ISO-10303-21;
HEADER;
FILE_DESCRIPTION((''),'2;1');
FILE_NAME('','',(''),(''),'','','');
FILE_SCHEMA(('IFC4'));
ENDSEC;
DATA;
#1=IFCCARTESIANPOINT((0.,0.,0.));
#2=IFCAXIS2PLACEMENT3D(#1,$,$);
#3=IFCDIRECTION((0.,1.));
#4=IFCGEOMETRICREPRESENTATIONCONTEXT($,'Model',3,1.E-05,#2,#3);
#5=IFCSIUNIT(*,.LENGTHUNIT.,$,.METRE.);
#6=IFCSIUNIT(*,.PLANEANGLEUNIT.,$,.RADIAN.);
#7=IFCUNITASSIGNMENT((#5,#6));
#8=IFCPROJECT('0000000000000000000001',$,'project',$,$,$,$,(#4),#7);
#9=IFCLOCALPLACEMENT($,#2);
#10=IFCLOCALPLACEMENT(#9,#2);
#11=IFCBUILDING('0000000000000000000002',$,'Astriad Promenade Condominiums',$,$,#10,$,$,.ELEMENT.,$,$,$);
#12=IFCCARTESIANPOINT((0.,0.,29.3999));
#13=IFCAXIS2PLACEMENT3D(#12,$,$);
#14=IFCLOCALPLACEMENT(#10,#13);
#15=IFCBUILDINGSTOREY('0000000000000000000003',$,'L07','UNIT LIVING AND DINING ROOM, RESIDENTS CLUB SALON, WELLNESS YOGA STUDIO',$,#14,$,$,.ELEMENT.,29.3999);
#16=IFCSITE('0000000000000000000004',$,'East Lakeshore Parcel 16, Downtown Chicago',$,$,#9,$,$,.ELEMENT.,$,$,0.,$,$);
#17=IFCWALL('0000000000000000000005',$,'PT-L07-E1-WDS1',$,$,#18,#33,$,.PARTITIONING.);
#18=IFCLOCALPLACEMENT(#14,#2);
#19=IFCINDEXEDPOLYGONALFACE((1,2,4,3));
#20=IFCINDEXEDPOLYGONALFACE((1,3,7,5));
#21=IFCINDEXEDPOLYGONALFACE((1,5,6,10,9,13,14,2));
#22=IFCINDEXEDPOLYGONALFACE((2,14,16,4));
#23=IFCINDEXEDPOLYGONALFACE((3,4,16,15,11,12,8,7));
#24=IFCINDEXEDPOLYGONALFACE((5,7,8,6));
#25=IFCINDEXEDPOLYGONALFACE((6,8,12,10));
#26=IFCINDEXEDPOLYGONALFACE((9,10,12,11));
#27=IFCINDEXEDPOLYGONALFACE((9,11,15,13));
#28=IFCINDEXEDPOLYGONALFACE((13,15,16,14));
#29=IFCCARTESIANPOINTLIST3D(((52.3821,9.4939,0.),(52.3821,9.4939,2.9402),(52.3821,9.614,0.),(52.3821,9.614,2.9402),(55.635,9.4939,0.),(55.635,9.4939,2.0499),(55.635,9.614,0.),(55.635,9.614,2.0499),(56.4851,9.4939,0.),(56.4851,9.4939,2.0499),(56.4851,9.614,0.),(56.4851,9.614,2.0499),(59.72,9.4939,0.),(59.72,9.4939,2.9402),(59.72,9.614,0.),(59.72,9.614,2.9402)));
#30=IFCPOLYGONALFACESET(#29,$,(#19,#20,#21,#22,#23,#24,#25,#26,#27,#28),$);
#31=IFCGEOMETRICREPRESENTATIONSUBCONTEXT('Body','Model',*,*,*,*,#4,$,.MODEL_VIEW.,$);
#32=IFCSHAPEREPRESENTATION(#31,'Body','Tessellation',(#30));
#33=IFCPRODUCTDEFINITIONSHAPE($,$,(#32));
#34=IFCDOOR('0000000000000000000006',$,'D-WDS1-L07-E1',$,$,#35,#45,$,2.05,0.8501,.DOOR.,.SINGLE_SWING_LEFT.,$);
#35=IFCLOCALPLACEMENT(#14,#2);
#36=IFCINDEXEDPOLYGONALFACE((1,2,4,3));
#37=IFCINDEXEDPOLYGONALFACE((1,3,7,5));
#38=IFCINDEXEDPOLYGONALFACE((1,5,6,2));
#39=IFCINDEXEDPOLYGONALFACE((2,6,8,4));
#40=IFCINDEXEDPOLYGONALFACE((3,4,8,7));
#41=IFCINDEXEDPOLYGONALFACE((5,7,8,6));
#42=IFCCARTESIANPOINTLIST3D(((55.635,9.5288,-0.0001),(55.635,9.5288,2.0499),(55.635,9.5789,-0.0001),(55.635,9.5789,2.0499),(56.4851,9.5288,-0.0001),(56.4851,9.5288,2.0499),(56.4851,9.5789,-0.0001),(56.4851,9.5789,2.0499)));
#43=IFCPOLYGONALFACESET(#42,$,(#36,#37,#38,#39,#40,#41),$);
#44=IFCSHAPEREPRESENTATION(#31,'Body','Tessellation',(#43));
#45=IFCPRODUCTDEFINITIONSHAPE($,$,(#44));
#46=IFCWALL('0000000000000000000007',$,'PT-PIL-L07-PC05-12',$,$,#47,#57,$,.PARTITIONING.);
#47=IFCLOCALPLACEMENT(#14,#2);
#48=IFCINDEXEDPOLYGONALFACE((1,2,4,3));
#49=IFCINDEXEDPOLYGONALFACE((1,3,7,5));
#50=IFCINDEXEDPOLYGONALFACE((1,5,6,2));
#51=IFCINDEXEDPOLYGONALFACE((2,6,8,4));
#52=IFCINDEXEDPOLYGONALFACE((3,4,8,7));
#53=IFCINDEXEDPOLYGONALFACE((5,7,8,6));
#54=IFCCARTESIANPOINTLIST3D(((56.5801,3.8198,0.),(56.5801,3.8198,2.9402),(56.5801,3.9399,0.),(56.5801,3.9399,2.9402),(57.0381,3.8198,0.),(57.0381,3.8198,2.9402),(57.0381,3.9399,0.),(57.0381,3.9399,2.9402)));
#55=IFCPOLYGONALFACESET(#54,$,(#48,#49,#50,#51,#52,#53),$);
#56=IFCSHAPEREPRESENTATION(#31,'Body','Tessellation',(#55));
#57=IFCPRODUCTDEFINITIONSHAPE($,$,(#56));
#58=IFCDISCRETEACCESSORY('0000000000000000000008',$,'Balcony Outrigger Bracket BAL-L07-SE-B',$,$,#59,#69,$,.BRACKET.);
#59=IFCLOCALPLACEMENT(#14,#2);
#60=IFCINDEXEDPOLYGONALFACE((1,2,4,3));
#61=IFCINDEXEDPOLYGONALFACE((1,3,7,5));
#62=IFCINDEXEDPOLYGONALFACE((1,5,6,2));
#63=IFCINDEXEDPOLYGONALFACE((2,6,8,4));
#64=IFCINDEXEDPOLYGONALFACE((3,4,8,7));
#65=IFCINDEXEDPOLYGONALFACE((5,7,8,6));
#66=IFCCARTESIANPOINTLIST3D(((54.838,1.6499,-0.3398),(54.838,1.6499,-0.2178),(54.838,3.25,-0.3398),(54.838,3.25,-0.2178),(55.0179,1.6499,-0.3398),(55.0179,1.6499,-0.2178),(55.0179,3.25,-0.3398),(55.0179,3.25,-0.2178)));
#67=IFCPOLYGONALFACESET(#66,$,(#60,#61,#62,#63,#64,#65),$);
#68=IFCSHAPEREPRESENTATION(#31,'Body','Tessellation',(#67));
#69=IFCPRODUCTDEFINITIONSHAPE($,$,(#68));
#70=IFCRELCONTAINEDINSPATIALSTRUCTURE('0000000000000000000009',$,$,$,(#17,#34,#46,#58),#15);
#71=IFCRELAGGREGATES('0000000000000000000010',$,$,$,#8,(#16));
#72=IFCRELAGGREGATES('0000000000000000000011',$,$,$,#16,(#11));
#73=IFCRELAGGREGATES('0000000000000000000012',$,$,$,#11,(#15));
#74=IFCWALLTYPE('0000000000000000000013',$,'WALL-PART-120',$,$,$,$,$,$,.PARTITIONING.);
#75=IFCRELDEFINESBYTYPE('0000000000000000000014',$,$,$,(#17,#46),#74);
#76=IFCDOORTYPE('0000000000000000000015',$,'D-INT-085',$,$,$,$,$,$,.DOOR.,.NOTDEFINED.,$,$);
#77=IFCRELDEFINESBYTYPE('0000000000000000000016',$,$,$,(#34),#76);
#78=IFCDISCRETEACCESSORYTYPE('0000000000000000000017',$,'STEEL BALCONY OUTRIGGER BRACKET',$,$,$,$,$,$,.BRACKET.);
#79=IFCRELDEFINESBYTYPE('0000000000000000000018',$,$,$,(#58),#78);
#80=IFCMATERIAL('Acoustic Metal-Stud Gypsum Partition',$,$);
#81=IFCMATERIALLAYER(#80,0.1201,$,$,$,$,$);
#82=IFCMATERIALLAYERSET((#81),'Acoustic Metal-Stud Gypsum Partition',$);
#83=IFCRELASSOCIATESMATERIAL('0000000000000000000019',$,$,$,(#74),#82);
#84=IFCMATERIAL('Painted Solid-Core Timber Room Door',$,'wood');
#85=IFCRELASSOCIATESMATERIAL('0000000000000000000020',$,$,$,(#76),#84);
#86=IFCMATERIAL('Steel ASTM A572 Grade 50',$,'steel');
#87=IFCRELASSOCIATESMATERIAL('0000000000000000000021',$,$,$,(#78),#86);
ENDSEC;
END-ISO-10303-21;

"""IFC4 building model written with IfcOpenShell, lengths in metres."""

from ifc_helpers import new_model, si_unit, direction, frame, frame_2d, origin, origin_2d, place, context, subcontext, project, spatial, rectangle, extrude, source, transform, mapped, material, layer, layer_set, type_object, type_shapes, element, fill, save


model = new_model("IFC4")

# Units and contexts
model_context = context("Model", 3, precision=1e-05, world=origin(), true_north=direction((0.0, 1.0)))
body_context = subcontext(model_context, "Body", "Model", "MODEL_VIEW")
ifc_project = project(units=[si_unit("LENGTHUNIT", "METRE"), si_unit("PLANEANGLEUNIT", "RADIAN")], contexts=[model_context])

# Site, building, storey
site_placement = place(None, origin())
site = spatial("IfcSite", under=ifc_project, at=site_placement, Name="East Lakeshore Parcel 16, Downtown Chicago", CompositionType="ELEMENT", RefElevation=0.0)
building_placement = place(site_placement, origin())
building = spatial("IfcBuilding", under=site, at=building_placement, Name="Astriad Promenade Condominiums", CompositionType="ELEMENT")
storey_placement = place(building_placement, frame((0.0, 0.0, 29.3999)))
storey = spatial("IfcBuildingStorey", under=building, at=storey_placement, Name="L07", Description="UNIT LIVING AND DINING ROOM, RESIDENTS CLUB SALON, WELLNESS YOGA STUDIO", CompositionType="ELEMENT", Elevation=29.3999)

# Shared definitions
ifc_material_1 = material(Name="Acoustic Metal-Stud Gypsum Partition")
ifc_layer_1 = layer(ifc_material_1, 0.1201)
ifc_layer_set_1 = layer_set([ifc_layer_1], Name="Acoustic Metal-Stud Gypsum Partition")
wall_type_1 = type_object("IfcWallType", Name="WALL-PART-120", PredefinedType="PARTITIONING", material=ifc_layer_set_1)

# Shared definitions
ifc_material_2 = material(Name="Painted Solid-Core Timber Room Door", Category="wood")
door_type_1 = type_object("IfcDoorType", Name="D-INT-085", OperationType="NOTDEFINED", PredefinedType="DOOR", material=ifc_material_2)
shared_shape_1 = source(origin(), body_context, "Body", "SweptSolid", [
    extrude(rectangle(XDim=0.8501, YDim=2.05, at=frame_2d((0.425, 1.0249))), frame((0.0, 0.0249, 0.0), z_axis=(0.0, -1.0, 0.0), x_axis=(1.0, 0.0, 0.0)), (0.0, 0.0, 1.0), 0.05),
])
type_shapes(door_type_1, [shared_shape_1])

# Wall, opening, door
wall_1_placement = place(storey_placement, frame((52.3821, 9.554, 0.0), z_axis=(0.0, 0.0, 1.0), x_axis=(1.0, 0.0, 0.0)))
wall_1 = element("IfcWall", 1, at=wall_1_placement, inside=storey, type_object=wall_type_1, Name="PT-L07-E1-WDS1", PredefinedType="PARTITIONING", context=body_context, shape_type="SweptSolid", body=[
    extrude(rectangle(XDim=7.3379, YDim=0.1201, at=frame_2d((3.6689, 0.0))), origin(), (0.0, 0.0, 1.0), 2.9402),
])
opening_1_placement = place(wall_1_placement, frame((3.2529, 0.0, 0.0)))
opening_1 = element("IfcOpeningElement", 2, at=opening_1_placement, cuts=wall_1, PredefinedType="OPENING", context=body_context, shape_type="SweptSolid", body=[
    extrude(rectangle(XDim=0.8501, YDim=2.05, at=frame_2d((0.425, 1.0249))), frame((0.0, 0.0701, 0.0), z_axis=(0.0, -1.0, 0.0), x_axis=(1.0, 0.0, 0.0)), (0.0, 0.0, 1.0), 0.1401),
])
door_1_placement = place(opening_1_placement, origin())
door_1 = element("IfcDoor", 3, at=door_1_placement, inside=storey, type_object=door_type_1, Name="D-WDS1-L07-E1", OperationType="SINGLE_SWING_LEFT", OverallHeight=2.05, OverallWidth=0.8501, PredefinedType="DOOR", context=body_context, shape_type="MappedRepresentation", body=[
    mapped(shared_shape_1, transform((0.0, 0.0, 0.0), scale=1.0)),
])
fill(opening_1, door_1)

# Wall
wall_2_placement = place(storey_placement, frame((56.5801, 3.8799, 0.0), z_axis=(0.0, 0.0, 1.0), x_axis=(1.0, 0.0, 0.0)))
element("IfcWall", 4, at=wall_2_placement, inside=storey, type_object=wall_type_1, Name="PT-PIL-L07-PC05-12", PredefinedType="PARTITIONING", context=body_context, shape_type="SweptSolid", body=[
    extrude(rectangle(XDim=0.458, YDim=0.1201, at=frame_2d((0.229, 0.0))), origin(), (0.0, 0.0, 1.0), 2.9402),
])

# Discrete accessory
ifc_material_3 = material(Name="Steel ASTM A572 Grade 50", Category="steel")
discrete_accessory_type = type_object("IfcDiscreteAccessoryType", Name="STEEL BALCONY OUTRIGGER BRACKET", PredefinedType="BRACKET", material=ifc_material_3)
shared_shape_2 = source(origin(), body_context, "Body", "SweptSolid", [
    extrude(rectangle(XDim=1.6001, YDim=0.1799, at=origin_2d()), origin(), (0.0, 0.0, 1.0), 0.1221),
])
type_shapes(discrete_accessory_type, [shared_shape_2])
discrete_accessory_placement = place(storey_placement, frame((54.928, 2.45, -0.3398), z_axis=(0.0, 0.0, 1.0), x_axis=(0.0, -1.0, 0.0)))
element("IfcDiscreteAccessory", 5, at=discrete_accessory_placement, inside=storey, type_object=discrete_accessory_type, Name="Balcony Outrigger Bracket BAL-L07-SE-B", PredefinedType="BRACKET", context=body_context, shape_type="MappedRepresentation", body=[
    mapped(shared_shape_2, transform((0.0, 0.0, 0.0), scale=1.0)),
])

save(model, "model.ifc")
